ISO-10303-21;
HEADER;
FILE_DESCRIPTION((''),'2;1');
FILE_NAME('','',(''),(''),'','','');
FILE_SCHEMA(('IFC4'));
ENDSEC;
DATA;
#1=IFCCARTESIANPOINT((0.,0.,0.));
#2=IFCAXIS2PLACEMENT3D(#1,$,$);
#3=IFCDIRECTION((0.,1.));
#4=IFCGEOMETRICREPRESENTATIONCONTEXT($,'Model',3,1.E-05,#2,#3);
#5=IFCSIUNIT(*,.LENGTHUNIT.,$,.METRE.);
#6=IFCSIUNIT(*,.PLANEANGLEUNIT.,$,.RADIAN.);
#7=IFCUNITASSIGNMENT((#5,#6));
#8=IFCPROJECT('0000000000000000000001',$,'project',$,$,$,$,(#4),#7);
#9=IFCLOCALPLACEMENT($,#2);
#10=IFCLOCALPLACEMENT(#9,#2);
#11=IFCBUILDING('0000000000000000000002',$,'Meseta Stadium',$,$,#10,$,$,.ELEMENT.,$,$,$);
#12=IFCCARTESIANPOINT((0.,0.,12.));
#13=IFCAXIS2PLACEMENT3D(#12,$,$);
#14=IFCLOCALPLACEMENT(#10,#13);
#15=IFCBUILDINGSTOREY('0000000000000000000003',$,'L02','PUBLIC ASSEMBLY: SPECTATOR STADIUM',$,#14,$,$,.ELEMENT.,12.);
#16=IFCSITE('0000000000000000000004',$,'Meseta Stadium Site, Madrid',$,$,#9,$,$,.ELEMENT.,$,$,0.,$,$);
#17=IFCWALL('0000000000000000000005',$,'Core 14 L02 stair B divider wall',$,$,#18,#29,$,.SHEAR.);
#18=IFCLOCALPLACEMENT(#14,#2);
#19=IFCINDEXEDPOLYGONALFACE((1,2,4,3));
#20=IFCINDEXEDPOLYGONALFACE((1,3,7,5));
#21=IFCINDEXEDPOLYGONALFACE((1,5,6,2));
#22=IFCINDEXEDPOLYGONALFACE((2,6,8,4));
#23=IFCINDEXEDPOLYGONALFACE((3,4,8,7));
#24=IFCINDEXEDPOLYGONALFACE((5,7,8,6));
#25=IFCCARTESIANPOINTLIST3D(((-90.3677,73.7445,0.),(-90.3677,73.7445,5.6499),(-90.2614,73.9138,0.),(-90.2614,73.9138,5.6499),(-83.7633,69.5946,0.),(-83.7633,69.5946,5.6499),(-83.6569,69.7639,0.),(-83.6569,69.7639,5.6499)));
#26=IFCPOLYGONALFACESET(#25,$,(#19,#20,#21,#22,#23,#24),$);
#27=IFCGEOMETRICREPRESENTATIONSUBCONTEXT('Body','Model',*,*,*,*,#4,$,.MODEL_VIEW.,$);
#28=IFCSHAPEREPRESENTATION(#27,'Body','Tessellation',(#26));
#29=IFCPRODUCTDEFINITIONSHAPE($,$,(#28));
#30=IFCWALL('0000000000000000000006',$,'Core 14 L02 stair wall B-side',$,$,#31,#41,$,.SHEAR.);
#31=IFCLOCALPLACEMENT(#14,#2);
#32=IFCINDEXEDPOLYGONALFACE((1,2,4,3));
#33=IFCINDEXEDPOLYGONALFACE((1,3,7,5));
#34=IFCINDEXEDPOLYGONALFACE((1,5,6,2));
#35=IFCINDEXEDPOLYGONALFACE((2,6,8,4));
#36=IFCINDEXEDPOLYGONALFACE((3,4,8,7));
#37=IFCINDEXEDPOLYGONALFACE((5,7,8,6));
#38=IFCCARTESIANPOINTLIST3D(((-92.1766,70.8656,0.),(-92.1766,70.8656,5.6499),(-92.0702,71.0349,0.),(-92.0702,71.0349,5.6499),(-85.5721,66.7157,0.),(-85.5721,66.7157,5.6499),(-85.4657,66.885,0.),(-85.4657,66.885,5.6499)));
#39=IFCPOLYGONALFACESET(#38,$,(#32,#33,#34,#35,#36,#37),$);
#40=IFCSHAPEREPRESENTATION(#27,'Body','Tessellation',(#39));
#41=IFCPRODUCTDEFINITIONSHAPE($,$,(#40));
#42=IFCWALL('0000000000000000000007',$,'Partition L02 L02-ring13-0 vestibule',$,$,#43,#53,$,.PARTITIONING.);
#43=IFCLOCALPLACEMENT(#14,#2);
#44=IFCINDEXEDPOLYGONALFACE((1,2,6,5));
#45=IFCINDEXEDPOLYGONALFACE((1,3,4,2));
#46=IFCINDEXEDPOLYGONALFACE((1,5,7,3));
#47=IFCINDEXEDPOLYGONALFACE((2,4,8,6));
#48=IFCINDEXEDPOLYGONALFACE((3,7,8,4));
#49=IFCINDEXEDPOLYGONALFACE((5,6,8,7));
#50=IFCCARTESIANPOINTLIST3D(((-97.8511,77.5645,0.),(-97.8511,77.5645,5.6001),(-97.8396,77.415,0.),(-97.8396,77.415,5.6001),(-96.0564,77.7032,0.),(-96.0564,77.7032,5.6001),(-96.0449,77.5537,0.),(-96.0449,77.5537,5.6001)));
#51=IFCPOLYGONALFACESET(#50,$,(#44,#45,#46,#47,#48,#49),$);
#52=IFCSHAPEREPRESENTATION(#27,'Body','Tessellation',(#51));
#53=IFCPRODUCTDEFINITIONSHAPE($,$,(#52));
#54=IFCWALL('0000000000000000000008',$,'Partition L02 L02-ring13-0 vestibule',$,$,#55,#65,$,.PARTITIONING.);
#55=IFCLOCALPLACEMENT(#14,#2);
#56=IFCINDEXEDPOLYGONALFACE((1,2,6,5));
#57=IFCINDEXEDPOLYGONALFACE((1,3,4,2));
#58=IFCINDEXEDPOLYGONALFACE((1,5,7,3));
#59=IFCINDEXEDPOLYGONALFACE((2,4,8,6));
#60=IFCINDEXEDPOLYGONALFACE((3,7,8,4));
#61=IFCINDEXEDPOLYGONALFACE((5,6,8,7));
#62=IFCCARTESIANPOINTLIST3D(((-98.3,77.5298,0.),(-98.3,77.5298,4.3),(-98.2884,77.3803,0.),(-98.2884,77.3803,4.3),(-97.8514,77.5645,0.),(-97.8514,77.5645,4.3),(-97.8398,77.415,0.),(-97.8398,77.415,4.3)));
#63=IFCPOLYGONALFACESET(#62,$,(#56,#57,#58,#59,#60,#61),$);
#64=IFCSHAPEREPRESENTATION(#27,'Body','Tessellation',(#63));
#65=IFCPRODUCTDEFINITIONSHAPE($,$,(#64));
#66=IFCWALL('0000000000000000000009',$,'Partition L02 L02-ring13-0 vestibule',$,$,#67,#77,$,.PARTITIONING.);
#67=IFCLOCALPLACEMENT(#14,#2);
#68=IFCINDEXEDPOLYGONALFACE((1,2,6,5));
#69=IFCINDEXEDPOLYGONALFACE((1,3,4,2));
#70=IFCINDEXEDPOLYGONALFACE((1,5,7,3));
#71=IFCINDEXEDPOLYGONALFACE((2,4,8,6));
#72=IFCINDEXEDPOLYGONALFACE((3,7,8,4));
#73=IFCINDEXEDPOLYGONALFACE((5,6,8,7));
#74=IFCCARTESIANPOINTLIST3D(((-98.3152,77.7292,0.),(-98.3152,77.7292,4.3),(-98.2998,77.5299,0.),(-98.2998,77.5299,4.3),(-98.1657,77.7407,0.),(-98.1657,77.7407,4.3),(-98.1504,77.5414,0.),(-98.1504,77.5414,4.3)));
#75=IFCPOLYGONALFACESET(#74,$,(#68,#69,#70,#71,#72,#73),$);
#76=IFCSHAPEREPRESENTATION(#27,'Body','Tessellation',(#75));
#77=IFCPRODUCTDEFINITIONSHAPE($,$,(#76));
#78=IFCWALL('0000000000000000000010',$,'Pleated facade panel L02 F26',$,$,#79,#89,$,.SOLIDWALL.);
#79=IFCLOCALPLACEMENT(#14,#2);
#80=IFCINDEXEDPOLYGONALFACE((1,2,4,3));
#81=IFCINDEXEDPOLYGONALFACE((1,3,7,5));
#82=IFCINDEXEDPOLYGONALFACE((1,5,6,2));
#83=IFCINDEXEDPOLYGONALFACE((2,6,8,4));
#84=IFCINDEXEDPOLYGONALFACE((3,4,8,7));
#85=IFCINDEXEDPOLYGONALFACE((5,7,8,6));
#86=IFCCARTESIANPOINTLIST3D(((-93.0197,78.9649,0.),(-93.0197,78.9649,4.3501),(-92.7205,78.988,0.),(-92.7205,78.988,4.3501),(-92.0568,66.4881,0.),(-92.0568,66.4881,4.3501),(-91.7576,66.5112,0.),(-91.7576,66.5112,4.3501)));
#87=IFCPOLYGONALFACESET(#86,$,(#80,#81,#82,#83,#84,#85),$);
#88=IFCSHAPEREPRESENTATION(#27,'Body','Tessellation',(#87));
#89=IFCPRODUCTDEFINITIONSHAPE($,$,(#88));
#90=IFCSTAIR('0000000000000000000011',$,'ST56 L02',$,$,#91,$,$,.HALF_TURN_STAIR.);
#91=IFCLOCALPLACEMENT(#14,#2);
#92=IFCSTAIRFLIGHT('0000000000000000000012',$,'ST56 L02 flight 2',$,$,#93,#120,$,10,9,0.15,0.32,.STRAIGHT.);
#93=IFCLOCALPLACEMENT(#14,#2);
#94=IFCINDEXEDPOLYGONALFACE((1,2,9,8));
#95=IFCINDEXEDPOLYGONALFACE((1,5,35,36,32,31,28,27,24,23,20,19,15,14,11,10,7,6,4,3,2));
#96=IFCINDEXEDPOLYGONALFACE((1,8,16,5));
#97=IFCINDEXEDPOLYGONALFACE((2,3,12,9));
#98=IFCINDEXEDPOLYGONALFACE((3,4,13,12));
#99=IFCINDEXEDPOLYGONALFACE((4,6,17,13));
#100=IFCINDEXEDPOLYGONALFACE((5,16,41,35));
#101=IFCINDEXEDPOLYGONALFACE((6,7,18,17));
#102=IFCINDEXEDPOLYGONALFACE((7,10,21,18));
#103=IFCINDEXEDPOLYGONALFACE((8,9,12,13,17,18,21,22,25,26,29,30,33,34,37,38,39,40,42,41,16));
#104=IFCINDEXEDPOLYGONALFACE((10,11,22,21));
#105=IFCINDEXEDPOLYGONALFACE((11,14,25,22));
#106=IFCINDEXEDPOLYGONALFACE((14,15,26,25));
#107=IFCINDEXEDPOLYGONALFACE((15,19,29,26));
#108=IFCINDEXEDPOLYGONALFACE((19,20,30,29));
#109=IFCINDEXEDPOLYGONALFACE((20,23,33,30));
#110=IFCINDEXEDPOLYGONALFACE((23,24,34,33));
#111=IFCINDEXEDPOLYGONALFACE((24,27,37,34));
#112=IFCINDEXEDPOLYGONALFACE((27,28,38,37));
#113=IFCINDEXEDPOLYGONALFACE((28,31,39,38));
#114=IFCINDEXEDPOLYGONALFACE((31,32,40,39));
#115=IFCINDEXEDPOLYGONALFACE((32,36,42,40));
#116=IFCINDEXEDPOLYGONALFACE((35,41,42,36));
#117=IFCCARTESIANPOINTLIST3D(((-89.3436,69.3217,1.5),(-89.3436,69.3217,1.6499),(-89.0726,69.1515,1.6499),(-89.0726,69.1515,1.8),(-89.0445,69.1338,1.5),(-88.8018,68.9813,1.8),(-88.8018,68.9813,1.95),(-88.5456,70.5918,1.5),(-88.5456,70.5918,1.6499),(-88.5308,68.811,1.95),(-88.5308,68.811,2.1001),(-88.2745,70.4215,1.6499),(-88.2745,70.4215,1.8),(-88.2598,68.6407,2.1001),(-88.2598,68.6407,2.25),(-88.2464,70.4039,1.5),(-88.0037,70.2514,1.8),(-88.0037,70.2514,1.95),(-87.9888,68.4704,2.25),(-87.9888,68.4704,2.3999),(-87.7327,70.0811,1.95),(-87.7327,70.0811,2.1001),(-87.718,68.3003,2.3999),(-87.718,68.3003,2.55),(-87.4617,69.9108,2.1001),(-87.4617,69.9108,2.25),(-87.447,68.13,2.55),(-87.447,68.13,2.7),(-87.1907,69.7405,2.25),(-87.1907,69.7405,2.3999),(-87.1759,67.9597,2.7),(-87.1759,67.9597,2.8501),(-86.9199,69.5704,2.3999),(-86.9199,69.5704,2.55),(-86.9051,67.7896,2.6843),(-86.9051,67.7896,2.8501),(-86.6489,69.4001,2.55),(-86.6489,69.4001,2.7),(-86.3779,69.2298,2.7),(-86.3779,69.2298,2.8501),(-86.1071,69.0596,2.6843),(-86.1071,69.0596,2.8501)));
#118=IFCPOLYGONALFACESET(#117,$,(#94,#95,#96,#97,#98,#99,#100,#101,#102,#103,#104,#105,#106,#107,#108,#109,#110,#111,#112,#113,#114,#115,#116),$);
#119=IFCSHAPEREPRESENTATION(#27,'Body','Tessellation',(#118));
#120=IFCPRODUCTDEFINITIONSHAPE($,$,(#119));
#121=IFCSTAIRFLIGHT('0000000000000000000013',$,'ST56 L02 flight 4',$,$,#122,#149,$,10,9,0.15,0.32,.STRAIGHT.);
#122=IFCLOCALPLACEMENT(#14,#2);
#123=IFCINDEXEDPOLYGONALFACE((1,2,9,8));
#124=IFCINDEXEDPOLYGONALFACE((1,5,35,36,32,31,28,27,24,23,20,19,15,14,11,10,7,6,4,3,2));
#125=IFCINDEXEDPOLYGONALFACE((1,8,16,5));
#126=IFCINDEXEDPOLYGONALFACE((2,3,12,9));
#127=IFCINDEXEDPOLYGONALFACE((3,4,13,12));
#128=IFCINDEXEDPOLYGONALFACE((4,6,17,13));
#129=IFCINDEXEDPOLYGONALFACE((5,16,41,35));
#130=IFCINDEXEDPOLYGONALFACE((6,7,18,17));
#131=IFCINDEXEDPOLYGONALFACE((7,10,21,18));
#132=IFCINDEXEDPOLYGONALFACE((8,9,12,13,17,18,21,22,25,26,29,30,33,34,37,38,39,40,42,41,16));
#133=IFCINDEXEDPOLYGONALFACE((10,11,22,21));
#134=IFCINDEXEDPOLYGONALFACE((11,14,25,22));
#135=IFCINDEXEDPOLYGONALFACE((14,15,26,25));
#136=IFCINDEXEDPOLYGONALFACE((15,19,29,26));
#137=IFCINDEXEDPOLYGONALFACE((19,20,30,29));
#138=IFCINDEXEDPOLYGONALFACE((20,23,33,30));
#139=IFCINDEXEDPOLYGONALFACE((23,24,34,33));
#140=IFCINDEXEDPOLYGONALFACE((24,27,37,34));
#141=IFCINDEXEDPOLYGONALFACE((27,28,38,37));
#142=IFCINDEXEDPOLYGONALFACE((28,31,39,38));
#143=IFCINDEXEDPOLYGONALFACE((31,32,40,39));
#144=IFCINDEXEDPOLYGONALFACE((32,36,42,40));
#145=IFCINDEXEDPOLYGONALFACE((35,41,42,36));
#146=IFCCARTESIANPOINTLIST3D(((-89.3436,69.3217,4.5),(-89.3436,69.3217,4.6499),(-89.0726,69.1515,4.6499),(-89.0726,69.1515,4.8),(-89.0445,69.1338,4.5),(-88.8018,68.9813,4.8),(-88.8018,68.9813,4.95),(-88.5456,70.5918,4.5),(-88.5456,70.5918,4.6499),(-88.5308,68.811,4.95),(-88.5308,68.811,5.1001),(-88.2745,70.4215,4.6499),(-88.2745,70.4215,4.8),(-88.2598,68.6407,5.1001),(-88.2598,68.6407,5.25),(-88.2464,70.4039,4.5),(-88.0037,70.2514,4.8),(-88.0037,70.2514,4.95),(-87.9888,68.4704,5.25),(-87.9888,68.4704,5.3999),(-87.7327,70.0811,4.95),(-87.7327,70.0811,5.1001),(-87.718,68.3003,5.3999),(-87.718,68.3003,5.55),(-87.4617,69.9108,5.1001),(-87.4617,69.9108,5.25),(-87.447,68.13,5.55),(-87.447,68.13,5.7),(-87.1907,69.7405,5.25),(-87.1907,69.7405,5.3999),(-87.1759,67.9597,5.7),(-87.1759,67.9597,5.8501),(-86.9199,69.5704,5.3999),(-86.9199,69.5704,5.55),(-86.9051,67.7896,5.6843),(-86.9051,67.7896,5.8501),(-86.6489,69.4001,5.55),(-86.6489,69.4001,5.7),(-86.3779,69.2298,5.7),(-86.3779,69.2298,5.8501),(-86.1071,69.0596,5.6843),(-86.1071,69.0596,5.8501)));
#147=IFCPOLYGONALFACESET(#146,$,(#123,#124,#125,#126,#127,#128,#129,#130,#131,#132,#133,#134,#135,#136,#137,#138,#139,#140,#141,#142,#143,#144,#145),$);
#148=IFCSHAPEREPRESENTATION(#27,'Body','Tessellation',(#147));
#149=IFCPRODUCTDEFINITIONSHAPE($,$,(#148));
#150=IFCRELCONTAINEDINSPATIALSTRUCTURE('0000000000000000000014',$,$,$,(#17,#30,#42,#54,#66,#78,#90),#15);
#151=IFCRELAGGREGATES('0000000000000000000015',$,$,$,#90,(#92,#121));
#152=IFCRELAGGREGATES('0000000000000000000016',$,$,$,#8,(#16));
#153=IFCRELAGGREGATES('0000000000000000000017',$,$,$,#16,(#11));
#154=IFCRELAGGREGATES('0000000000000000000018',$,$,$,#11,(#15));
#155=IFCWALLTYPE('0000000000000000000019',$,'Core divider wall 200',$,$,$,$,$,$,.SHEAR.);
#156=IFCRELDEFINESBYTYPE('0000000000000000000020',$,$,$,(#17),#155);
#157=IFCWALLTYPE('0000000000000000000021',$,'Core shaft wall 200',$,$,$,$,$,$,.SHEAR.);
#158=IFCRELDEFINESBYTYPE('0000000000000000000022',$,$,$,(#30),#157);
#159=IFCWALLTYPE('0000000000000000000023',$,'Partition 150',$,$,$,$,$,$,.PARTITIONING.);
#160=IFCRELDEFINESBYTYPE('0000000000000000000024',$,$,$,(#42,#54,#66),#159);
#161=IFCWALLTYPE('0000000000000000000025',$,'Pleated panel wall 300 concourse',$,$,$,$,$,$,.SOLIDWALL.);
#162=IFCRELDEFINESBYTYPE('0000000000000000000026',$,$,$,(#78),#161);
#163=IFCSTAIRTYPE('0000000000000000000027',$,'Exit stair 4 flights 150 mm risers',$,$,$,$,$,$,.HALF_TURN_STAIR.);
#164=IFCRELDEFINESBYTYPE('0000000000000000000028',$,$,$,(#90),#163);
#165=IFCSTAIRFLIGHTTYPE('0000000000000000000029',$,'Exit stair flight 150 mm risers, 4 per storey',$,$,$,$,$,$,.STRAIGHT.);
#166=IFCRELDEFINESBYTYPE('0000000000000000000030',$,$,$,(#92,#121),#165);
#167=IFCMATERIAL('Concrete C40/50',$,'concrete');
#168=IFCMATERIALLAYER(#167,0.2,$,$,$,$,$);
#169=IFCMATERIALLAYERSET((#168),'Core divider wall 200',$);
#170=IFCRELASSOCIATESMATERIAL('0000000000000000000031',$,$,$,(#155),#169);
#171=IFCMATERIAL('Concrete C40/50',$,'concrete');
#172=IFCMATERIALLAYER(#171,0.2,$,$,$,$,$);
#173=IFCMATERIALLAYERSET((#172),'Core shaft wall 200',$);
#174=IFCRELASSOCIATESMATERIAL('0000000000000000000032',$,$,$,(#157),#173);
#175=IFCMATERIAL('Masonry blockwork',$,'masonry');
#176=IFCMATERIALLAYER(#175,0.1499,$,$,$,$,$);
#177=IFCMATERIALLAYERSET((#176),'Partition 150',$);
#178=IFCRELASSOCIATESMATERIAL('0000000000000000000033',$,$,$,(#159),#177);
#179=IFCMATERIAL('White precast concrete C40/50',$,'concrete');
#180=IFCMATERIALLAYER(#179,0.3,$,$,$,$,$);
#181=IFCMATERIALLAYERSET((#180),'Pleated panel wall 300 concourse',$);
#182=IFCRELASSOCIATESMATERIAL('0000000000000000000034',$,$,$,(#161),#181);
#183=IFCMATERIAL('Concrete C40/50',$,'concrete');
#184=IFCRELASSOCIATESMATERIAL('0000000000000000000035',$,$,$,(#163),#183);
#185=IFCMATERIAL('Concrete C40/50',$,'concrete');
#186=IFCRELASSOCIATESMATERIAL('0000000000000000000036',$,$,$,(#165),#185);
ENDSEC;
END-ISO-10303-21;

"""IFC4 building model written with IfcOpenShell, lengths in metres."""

from ifc_helpers import new_model, si_unit, direction, frame, frame_2d, origin, place, context, subcontext, project, spatial, polyline, rectangle, outline, extrude, material, layer, layer_set, type_object, element, aggregate, save


model = new_model("IFC4")

# Units and contexts
model_context = context("Model", 3, precision=1e-05, world=origin(), true_north=direction((0.0, 1.0)))
body_context = subcontext(model_context, "Body", "Model", "MODEL_VIEW")
ifc_project = project(units=[si_unit("LENGTHUNIT", "METRE"), si_unit("PLANEANGLEUNIT", "RADIAN")], contexts=[model_context])

# Site, building, storey
site_placement = place(None, origin())
site = spatial("IfcSite", under=ifc_project, at=site_placement, Name="Meseta Stadium Site, Madrid", CompositionType="ELEMENT", RefElevation=0.0)
building_placement = place(site_placement, origin())
building = spatial("IfcBuilding", under=site, at=building_placement, Name="Meseta Stadium", CompositionType="ELEMENT")
storey_placement = place(building_placement, frame((0.0, 0.0, 12.0)))
storey = spatial("IfcBuildingStorey", under=building, at=storey_placement, Name="L02", Description="PUBLIC ASSEMBLY: SPECTATOR STADIUM", CompositionType="ELEMENT", Elevation=12.0)

# Walls
ifc_material_1 = material(Name="Concrete C40/50", Category="concrete")
ifc_layer_1 = layer(ifc_material_1, 0.2)
ifc_layer_set_1 = layer_set([ifc_layer_1], Name="Core divider wall 200")
wall_type_1 = type_object("IfcWallType", Name="Core divider wall 200", PredefinedType="SHEAR", material=ifc_layer_set_1)
wall_1_placement = place(storey_placement, frame((-90.3145, 73.8291, 0.0), z_axis=(0.0, 0.0, 1.0), x_axis=(0.846723, -0.532034, 0.0)))
element("IfcWall", 1, at=wall_1_placement, inside=storey, type_object=wall_type_1, Name="Core 14 L02 stair B divider wall", PredefinedType="SHEAR", context=body_context, shape_type="SweptSolid", body=[
    extrude(rectangle(XDim=7.8, YDim=0.2, at=frame_2d((3.8999, 0.0))), origin(), (0.0, 0.0, 1.0), 5.6499),
])
ifc_material_2 = material(Name="Concrete C40/50", Category="concrete")
ifc_layer_2 = layer(ifc_material_2, 0.2)
ifc_layer_set_2 = layer_set([ifc_layer_2], Name="Core shaft wall 200")
wall_type_2 = type_object("IfcWallType", Name="Core shaft wall 200", PredefinedType="SHEAR", material=ifc_layer_set_2)
wall_2_placement = place(storey_placement, frame((-92.1233, 70.9502, 0.0), z_axis=(0.0, 0.0, 1.0), x_axis=(0.846723, -0.532034, 0.0)))
element("IfcWall", 2, at=wall_2_placement, inside=storey, type_object=wall_type_2, Name="Core 14 L02 stair wall B-side", PredefinedType="SHEAR", context=body_context, shape_type="SweptSolid", body=[
    extrude(rectangle(XDim=7.8, YDim=0.2, at=frame_2d((3.8999, 0.0))), origin(), (0.0, 0.0, 1.0), 5.6499),
])
ifc_material_3 = material(Name="Masonry blockwork", Category="masonry")
ifc_layer_3 = layer(ifc_material_3, 0.1499)
ifc_layer_set_3 = layer_set([ifc_layer_3], Name="Partition 150")
wall_type_3 = type_object("IfcWallType", Name="Partition 150", PredefinedType="PARTITIONING", material=ifc_layer_set_3)
wall_3_placement = place(storey_placement, frame((-96.0508, 77.6284, 0.0), z_axis=(0.0, 0.0, 1.0), x_axis=(-0.997028, -0.077039, 0.0)))
element("IfcWall", 3, at=wall_3_placement, inside=storey, type_object=wall_type_3, Name="Partition L02 L02-ring13-0 vestibule", PredefinedType="PARTITIONING", context=body_context, shape_type="SweptSolid", body=[
    extrude(rectangle(XDim=1.8, YDim=0.1499, at=frame_2d((0.8999, 0.0))), origin(), (0.0, 0.0, 1.0), 5.6001),
])
wall_4_placement = place(storey_placement, frame((-97.8455, 77.4897, 0.0), z_axis=(0.0, 0.0, 1.0), x_axis=(-0.997029, -0.077028, 0.0)))
element("IfcWall", 4, at=wall_4_placement, inside=storey, type_object=wall_type_3, Name="Partition L02 L02-ring13-0 vestibule", PredefinedType="PARTITIONING", context=body_context, shape_type="SweptSolid", body=[
    extrude(rectangle(XDim=0.45, YDim=0.1499, at=frame_2d((0.2251, 0.0))), origin(), (0.0, 0.0, 1.0), 4.3),
])
wall_5_placement = place(storey_placement, frame((-98.2405, 77.7351, 0.0), z_axis=(0.0, 0.0, 1.0), x_axis=(0.076883, -0.99704, 0.0)))
element("IfcWall", 5, at=wall_5_placement, inside=storey, type_object=wall_type_3, Name="Partition L02 L02-ring13-0 vestibule", PredefinedType="PARTITIONING", context=body_context, shape_type="SweptSolid", body=[
    extrude(rectangle(XDim=0.2, YDim=0.1499, at=frame_2d((0.1001, 0.0))), origin(), (0.0, 0.0, 1.0), 4.3),
])
ifc_material_4 = material(Name="White precast concrete C40/50", Category="concrete")
ifc_layer_4 = layer(ifc_material_4, 0.3)
ifc_layer_set_4 = layer_set([ifc_layer_4], Name="Pleated panel wall 300 concourse")
wall_type_4 = type_object("IfcWallType", Name="Pleated panel wall 300 concourse", PredefinedType="SOLIDWALL", material=ifc_layer_set_4)
wall_6_placement = place(storey_placement, frame((-91.9072, 66.4998, 0.0), z_axis=(0.0, 0.0, 1.0), x_axis=(-0.076946, 0.997035, 0.0)))
element("IfcWall", 6, at=wall_6_placement, inside=storey, type_object=wall_type_4, Name="Pleated facade panel L02 F26", PredefinedType="SOLIDWALL", context=body_context, shape_type="SweptSolid", body=[
    extrude(rectangle(XDim=12.5139, YDim=0.3, at=frame_2d((6.2568, 0.0))), origin(), (0.0, 0.0, 1.0), 4.3501),
])

# Stair, stair flights
ifc_material_5 = material(Name="Concrete C40/50", Category="concrete")
stair_type = type_object("IfcStairType", Name="Exit stair 4 flights 150 mm risers", PredefinedType="HALF_TURN_STAIR", material=ifc_material_5)
stair_placement = place(storey_placement, origin())
stair = element("IfcStair", 7, at=stair_placement, inside=storey, type_object=stair_type, Name="ST56 L02", PredefinedType="HALF_TURN_STAIR")
ifc_material_6 = material(Name="Concrete C40/50", Category="concrete")
stair_flight_type = type_object("IfcStairFlightType", Name="Exit stair flight 150 mm risers, 4 per storey", PredefinedType="STRAIGHT", material=ifc_material_6)
stair_flight_1_placement = place(storey_placement, frame((-88.9446, 69.9568, 1.5), z_axis=(0.0, 0.0, 1.0), x_axis=(0.846724, -0.532032, 0.0)))
stair_flight_1 = element("IfcStairFlight", 8, at=stair_flight_1_placement, type_object=stair_flight_type, Name="ST56 L02 flight 2", NumberOfRisers=10, NumberOfTreads=9, PredefinedType="STRAIGHT", RiserHeight=0.15, TreadLength=0.32, context=body_context, shape_type="SweptSolid", body=[
    extrude(outline(polyline([(0.0, 0.0), (0.0, 0.1499), (0.3201, 0.1499), (0.3201, 0.3), (0.6399, 0.3), (0.6399, 0.45), (0.96, 0.45), (0.96, 0.6001), (1.28, 0.6001), (1.28, 0.75), (1.6001, 0.75), (1.6001, 0.8999), (1.9199, 0.8999), (1.9199, 1.05), (2.24, 1.05), (2.24, 1.2), (2.5601, 1.2), (2.5601, 1.3501), (2.8799, 1.3501), (2.8799, 1.1843), (0.3533, 0.0), (0.0, 0.0)])), frame((0.0, 0.75, 0.0), z_axis=(0.0, -1.0, 0.0), x_axis=(1.0, 0.0, 0.0)), (0.0, 0.0, 1.0), 1.5),
])
stair_flight_2_placement = place(storey_placement, frame((-88.9446, 69.9568, 4.5), z_axis=(0.0, 0.0, 1.0), x_axis=(0.846724, -0.532032, 0.0)))
stair_flight_2 = element("IfcStairFlight", 9, at=stair_flight_2_placement, type_object=stair_flight_type, Name="ST56 L02 flight 4", NumberOfRisers=10, NumberOfTreads=9, PredefinedType="STRAIGHT", RiserHeight=0.15, TreadLength=0.32, context=body_context, shape_type="SweptSolid", body=[
    extrude(outline(polyline([(0.0, 0.0), (0.0, 0.1499), (0.3201, 0.1499), (0.3201, 0.3), (0.6399, 0.3), (0.6399, 0.45), (0.96, 0.45), (0.96, 0.6001), (1.28, 0.6001), (1.28, 0.75), (1.6001, 0.75), (1.6001, 0.8999), (1.9199, 0.8999), (1.9199, 1.05), (2.24, 1.05), (2.24, 1.2), (2.5601, 1.2), (2.5601, 1.3501), (2.8799, 1.3501), (2.8799, 1.1843), (0.3533, 0.0), (0.0, 0.0)])), frame((0.0, 0.75, 0.0), z_axis=(0.0, -1.0, 0.0), x_axis=(1.0, 0.0, 0.0)), (0.0, 0.0, 1.0), 1.5),
])
aggregate(stair, [stair_flight_1, stair_flight_2])

save(model, "model.ifc")
